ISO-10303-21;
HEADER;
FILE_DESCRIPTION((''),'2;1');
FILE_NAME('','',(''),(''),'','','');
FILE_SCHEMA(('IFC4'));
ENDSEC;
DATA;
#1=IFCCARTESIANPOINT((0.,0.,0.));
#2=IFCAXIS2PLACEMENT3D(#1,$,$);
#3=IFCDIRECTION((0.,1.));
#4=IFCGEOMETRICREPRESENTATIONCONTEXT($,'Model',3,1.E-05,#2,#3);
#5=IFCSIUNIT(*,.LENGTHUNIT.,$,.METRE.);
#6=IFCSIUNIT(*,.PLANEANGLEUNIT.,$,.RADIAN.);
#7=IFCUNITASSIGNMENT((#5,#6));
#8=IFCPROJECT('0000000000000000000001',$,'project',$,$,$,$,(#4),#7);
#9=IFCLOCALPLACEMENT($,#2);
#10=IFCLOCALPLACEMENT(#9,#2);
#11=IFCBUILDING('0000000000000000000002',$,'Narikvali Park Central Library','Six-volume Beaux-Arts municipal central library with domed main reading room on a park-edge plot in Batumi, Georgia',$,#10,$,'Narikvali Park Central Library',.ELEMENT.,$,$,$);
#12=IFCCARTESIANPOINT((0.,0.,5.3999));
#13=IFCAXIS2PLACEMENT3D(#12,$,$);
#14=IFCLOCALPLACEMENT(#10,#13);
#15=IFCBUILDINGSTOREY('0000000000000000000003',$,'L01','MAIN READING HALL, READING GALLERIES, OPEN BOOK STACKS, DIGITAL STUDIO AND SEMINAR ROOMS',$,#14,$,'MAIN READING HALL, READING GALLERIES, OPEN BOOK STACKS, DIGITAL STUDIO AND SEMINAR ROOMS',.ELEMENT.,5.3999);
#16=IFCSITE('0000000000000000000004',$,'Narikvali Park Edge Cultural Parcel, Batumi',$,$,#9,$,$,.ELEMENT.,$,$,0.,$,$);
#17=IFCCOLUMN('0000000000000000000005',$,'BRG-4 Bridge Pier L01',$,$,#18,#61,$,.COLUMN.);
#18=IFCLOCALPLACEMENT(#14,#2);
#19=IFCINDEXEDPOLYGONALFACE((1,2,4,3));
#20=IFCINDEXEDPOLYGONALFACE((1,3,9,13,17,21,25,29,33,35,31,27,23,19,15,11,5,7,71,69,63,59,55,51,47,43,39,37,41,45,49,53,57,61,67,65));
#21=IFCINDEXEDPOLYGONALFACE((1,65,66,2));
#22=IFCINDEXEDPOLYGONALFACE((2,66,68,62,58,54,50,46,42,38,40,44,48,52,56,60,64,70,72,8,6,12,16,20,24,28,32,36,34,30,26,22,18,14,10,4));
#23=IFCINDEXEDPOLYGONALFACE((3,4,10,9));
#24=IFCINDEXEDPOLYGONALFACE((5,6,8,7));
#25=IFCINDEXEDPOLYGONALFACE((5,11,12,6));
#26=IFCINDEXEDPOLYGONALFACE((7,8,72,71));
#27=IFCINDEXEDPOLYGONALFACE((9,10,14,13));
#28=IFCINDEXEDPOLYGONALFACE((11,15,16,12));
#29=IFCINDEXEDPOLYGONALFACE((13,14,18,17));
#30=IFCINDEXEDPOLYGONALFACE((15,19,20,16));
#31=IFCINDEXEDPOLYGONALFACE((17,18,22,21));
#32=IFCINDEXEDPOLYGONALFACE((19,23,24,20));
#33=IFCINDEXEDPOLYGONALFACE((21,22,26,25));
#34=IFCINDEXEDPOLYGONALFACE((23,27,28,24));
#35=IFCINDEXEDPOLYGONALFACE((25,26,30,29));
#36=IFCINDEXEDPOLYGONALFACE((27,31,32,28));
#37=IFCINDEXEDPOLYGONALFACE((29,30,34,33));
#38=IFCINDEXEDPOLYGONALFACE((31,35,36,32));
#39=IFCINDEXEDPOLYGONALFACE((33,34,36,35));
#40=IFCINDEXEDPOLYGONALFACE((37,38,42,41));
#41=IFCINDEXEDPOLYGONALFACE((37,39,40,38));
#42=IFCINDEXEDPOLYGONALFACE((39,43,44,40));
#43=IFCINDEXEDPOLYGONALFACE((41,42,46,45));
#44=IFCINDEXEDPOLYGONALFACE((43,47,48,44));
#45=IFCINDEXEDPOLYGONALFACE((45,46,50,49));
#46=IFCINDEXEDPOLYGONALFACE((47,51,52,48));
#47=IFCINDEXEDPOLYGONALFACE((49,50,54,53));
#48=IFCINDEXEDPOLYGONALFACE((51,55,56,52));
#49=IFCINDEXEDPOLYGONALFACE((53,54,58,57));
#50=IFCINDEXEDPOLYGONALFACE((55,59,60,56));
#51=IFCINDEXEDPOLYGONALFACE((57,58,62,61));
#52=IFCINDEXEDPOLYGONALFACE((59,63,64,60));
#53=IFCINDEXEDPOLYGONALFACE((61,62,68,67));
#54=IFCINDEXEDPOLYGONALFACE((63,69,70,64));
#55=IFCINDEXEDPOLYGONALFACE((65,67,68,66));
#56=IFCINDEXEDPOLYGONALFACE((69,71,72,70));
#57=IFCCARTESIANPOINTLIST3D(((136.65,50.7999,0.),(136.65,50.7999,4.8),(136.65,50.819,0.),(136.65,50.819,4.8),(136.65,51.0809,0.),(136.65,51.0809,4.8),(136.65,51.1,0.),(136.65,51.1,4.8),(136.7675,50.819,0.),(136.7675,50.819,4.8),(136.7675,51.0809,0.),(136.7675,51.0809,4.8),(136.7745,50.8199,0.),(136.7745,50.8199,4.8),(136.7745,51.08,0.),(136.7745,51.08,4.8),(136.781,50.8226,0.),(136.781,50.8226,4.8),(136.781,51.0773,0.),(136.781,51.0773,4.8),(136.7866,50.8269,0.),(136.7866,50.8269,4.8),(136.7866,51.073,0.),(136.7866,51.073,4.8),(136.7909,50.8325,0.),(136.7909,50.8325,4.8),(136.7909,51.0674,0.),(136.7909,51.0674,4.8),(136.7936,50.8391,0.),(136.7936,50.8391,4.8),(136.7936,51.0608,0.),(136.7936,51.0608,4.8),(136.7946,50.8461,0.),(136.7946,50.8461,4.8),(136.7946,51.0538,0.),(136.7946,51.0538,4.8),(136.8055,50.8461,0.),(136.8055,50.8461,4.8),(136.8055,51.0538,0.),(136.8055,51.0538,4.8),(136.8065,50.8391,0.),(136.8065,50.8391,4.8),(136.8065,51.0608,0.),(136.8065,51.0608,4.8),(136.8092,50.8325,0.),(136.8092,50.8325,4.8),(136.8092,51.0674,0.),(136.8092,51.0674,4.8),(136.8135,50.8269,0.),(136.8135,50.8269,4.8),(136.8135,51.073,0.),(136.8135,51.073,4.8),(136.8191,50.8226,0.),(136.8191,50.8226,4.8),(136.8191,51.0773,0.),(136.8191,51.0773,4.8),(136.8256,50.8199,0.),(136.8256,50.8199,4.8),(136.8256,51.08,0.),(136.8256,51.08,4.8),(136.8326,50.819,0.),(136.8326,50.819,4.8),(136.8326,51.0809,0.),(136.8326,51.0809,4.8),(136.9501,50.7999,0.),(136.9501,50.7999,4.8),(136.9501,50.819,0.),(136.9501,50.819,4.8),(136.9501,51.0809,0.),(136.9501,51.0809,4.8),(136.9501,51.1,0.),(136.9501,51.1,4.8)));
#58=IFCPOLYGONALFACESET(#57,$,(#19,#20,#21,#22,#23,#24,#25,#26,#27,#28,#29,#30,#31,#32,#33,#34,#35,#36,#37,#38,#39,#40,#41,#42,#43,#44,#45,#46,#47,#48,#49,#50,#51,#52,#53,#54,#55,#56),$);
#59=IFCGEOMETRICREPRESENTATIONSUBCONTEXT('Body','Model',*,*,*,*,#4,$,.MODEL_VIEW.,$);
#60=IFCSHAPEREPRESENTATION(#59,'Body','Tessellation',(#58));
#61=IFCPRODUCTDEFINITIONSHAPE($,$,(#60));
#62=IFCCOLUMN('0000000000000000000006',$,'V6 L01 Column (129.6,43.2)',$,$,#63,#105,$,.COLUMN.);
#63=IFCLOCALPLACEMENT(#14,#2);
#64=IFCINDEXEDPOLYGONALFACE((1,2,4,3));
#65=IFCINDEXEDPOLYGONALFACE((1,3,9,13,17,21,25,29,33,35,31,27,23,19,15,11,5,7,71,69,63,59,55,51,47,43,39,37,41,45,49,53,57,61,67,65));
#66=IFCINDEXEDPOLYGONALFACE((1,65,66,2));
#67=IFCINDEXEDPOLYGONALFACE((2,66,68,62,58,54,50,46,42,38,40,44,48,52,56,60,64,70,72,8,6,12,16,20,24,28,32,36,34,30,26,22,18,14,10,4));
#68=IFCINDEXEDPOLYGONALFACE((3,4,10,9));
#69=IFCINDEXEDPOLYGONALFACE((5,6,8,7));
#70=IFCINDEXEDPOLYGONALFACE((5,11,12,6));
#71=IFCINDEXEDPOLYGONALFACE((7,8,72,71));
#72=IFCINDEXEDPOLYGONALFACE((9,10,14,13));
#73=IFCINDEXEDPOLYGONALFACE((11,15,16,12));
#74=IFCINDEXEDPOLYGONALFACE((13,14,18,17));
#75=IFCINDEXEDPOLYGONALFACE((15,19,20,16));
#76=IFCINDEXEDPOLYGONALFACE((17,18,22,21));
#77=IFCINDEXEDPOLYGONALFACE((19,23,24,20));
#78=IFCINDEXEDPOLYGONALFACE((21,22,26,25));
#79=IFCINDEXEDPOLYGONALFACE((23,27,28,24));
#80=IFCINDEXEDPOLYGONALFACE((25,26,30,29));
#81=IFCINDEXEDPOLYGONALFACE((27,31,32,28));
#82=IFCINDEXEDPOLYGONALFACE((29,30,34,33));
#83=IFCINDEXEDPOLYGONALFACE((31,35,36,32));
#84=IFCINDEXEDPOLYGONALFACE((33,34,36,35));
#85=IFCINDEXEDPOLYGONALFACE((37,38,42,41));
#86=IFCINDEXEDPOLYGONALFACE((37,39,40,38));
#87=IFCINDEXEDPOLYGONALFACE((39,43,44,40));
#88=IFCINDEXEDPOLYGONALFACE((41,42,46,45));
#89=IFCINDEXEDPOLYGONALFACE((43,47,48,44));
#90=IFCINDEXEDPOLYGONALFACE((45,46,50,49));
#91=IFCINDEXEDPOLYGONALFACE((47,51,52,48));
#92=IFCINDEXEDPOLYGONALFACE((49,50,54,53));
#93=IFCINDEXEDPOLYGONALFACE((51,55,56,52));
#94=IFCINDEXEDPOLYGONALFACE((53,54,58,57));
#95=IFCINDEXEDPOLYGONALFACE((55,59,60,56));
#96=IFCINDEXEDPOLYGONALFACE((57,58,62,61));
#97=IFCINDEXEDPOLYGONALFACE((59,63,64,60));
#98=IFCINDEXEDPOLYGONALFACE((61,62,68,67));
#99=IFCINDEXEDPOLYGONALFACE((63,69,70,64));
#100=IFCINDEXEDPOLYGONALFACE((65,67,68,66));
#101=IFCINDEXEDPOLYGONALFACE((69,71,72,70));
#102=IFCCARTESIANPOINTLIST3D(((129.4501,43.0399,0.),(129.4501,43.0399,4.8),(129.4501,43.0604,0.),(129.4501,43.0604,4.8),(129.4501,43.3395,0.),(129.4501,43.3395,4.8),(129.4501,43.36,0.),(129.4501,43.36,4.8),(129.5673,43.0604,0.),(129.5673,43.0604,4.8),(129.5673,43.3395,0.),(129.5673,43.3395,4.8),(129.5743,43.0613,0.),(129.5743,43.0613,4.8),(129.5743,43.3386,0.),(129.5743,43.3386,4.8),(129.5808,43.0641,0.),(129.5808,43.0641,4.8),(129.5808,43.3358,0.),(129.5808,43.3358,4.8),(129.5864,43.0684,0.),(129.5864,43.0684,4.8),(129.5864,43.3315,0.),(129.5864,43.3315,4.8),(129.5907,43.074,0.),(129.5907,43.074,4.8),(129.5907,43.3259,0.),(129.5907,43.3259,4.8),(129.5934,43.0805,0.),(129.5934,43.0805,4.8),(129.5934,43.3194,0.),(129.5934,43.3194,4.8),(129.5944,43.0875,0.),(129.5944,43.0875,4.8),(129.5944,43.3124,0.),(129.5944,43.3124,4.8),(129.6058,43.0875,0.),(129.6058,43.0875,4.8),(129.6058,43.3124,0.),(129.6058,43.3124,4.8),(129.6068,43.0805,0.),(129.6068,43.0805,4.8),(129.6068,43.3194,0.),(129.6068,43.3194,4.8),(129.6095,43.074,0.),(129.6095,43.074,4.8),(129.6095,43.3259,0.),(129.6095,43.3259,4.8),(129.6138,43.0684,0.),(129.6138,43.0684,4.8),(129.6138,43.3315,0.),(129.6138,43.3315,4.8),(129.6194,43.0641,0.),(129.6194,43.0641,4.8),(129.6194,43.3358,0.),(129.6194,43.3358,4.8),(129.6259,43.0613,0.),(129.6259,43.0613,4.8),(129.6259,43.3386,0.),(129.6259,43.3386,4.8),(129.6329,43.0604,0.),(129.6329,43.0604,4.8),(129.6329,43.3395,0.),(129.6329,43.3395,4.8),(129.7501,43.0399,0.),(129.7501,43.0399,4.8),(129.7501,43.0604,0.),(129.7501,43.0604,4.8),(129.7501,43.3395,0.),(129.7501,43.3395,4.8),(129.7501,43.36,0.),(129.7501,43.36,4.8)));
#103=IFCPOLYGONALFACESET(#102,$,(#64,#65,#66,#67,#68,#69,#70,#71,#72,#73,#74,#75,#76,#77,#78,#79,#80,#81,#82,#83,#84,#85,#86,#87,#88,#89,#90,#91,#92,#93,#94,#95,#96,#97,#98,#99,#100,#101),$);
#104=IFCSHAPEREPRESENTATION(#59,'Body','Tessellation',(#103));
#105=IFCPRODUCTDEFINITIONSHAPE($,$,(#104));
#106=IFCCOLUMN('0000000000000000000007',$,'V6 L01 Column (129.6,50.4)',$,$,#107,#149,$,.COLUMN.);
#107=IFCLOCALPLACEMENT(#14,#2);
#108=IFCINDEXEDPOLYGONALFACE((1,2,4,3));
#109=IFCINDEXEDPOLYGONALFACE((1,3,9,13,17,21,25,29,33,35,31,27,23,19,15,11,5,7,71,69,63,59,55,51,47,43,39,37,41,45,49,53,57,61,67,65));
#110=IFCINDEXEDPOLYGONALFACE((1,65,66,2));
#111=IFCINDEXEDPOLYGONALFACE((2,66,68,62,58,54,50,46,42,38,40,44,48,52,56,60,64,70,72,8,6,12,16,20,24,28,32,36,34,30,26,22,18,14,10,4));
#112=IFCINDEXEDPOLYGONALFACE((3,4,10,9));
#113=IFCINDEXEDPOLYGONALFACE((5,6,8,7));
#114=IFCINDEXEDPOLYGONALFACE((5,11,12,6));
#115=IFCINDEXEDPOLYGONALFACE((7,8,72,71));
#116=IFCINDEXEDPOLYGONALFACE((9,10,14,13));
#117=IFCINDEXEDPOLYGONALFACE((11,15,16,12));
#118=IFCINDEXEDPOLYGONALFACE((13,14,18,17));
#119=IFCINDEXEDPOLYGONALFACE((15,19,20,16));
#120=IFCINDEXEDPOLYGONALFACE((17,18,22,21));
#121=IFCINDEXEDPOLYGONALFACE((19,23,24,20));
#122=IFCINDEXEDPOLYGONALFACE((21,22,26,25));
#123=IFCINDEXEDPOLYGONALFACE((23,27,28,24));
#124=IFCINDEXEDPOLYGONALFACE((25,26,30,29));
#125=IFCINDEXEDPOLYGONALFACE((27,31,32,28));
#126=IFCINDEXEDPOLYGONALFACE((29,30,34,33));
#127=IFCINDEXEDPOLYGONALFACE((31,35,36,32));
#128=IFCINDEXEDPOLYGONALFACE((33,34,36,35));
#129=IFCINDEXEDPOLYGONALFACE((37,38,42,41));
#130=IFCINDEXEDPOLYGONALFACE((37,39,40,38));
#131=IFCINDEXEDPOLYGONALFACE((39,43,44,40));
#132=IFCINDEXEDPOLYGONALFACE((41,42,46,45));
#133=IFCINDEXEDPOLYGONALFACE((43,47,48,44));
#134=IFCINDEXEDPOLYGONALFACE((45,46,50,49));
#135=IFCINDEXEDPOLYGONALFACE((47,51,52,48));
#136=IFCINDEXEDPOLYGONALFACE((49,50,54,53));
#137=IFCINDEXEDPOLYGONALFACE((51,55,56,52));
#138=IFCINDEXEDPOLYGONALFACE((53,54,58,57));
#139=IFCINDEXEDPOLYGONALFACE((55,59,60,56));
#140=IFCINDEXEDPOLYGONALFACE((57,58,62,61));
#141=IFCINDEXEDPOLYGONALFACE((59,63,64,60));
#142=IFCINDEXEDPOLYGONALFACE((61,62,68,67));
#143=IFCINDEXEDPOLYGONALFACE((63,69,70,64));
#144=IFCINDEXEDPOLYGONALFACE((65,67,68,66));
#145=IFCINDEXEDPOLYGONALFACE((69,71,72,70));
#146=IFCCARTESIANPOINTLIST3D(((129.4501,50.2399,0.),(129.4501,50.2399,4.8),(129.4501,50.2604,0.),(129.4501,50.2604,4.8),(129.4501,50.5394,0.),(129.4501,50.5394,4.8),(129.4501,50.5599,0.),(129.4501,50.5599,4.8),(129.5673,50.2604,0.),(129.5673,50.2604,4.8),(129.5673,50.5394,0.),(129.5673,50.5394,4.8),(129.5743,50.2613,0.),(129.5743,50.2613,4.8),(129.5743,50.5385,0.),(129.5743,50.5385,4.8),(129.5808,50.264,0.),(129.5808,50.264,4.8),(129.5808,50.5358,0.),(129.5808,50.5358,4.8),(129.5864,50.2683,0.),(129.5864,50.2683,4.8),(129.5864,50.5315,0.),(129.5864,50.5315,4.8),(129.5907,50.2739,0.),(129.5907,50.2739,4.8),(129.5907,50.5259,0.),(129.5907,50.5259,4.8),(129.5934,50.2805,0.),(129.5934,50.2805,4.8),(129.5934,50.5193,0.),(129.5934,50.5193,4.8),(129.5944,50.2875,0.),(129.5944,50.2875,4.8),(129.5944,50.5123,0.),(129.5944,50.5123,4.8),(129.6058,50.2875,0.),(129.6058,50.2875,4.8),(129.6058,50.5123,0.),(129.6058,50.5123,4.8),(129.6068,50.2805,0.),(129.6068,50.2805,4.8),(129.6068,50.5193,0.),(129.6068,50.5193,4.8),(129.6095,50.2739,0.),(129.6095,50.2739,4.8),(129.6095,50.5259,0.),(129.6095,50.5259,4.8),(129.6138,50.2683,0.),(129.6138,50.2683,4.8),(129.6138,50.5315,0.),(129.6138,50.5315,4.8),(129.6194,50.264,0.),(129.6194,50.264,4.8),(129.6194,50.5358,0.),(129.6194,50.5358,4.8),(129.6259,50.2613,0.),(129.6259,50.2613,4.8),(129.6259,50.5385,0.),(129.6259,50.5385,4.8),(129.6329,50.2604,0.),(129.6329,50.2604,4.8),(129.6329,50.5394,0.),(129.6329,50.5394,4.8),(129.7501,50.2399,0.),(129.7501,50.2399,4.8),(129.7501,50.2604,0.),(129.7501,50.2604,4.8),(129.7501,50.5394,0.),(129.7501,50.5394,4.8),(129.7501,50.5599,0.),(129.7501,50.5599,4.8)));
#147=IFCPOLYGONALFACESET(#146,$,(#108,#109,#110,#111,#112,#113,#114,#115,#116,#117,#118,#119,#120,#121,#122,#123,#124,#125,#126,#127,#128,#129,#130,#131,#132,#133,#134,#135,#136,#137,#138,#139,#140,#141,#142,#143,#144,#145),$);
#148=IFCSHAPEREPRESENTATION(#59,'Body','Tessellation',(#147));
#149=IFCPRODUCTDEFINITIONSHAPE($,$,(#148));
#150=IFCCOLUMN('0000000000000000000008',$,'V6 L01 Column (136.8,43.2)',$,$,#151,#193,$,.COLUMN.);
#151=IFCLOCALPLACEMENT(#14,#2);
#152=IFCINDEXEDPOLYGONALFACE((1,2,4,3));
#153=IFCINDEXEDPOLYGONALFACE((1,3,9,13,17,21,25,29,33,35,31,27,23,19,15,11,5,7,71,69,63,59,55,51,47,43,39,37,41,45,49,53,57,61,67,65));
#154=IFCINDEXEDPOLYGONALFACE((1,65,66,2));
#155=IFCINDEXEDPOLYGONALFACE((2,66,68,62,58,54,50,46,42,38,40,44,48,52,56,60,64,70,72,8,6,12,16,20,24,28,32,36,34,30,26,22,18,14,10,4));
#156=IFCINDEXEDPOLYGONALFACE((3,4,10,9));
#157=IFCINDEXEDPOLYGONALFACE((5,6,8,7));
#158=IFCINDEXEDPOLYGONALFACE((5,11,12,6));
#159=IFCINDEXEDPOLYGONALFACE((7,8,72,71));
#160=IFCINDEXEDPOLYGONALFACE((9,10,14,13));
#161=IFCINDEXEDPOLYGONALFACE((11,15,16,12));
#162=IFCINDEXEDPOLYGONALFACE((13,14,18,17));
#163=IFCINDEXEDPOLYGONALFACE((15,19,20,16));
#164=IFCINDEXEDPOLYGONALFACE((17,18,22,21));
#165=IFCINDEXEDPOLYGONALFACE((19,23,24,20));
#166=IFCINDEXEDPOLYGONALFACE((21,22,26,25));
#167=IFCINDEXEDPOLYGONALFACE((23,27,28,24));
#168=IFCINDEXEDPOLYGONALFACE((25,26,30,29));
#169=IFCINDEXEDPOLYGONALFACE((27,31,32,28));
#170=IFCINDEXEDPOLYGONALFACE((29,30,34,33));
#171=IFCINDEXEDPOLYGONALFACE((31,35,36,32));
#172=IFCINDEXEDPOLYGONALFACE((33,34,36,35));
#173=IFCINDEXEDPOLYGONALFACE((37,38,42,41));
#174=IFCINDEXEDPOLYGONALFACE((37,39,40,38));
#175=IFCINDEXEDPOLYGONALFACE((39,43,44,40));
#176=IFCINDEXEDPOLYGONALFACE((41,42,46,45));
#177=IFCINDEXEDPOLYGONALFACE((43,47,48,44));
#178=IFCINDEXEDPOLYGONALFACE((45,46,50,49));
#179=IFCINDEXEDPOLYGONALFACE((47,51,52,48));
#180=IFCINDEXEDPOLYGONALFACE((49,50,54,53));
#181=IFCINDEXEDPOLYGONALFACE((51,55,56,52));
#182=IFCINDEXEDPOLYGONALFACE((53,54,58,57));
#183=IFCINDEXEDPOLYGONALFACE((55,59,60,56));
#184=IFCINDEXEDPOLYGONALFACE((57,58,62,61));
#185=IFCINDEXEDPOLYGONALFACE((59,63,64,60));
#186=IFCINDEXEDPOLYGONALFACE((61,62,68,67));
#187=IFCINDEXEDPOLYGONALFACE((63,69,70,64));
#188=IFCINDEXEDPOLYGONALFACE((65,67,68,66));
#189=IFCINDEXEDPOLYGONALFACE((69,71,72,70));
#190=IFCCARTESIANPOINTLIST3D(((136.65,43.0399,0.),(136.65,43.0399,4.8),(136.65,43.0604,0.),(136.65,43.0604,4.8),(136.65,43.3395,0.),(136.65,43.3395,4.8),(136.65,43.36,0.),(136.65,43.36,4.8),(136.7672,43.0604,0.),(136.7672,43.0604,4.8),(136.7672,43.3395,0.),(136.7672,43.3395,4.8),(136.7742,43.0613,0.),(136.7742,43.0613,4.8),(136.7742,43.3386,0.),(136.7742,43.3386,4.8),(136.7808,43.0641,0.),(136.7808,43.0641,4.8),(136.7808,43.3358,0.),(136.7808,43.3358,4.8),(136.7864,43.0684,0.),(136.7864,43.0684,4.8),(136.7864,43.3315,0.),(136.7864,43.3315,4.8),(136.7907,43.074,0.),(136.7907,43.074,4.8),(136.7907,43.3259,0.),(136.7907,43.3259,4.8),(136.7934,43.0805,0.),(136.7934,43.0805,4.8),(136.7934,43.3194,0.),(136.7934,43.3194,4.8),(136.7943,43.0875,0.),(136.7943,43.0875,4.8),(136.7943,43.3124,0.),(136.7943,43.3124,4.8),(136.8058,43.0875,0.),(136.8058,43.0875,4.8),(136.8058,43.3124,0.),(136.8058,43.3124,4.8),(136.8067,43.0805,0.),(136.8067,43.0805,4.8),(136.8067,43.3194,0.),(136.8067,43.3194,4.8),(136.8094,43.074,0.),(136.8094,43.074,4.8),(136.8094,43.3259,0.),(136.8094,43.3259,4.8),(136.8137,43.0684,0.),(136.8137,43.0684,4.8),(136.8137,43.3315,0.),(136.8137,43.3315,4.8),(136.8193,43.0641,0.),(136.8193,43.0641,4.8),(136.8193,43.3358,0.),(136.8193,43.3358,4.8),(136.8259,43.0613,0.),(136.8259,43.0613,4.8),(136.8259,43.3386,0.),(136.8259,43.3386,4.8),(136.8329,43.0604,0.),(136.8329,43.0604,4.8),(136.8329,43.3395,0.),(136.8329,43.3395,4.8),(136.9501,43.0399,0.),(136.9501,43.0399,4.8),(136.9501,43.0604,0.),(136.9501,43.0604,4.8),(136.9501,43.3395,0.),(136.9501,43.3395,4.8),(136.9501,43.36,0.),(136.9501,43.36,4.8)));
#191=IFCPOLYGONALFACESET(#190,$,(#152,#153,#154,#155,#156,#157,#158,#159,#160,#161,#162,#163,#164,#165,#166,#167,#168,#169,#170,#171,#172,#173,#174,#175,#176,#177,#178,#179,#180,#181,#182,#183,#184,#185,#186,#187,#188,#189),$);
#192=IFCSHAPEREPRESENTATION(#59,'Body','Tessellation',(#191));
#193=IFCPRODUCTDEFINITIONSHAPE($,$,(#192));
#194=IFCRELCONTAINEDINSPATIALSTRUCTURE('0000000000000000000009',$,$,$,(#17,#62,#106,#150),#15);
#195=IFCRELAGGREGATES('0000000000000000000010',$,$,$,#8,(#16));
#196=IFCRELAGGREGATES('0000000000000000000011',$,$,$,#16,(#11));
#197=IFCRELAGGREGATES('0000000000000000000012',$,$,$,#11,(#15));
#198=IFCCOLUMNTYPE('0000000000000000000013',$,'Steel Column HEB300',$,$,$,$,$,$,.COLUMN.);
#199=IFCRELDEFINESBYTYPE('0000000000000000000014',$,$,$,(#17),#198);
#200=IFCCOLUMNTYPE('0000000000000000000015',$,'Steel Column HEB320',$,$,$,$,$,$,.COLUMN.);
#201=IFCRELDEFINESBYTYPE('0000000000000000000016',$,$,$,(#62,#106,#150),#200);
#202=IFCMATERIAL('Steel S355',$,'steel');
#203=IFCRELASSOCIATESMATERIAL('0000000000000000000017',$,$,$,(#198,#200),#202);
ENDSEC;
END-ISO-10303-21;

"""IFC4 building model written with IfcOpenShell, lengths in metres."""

from ifc_helpers import new_model, si_unit, direction, frame, origin, origin_2d, place, context, subcontext, project, spatial, i_section, extrude, material, material_profile, profile_set, type_object, element, save


model = new_model("IFC4")

# Units and contexts
model_context = context("Model", 3, precision=1e-05, world=origin(), true_north=direction((0.0, 1.0)))
body_context = subcontext(model_context, "Body", "Model", "MODEL_VIEW")
ifc_project = project(units=[si_unit("LENGTHUNIT", "METRE"), si_unit("PLANEANGLEUNIT", "RADIAN")], contexts=[model_context])

# Site, building, storey
site_placement = place(None, origin())
site = spatial("IfcSite", under=ifc_project, at=site_placement, Name="Narikvali Park Edge Cultural Parcel, Batumi", CompositionType="ELEMENT", RefElevation=0.0)
building_placement = place(site_placement, origin())
building = spatial("IfcBuilding", under=site, at=building_placement, Name="Narikvali Park Central Library", Description="Six-volume Beaux-Arts municipal central library with domed main reading room on a park-edge plot in Batumi, Georgia", LongName="Narikvali Park Central Library", CompositionType="ELEMENT")
storey_placement = place(building_placement, frame((0.0, 0.0, 5.3999)))
storey = spatial("IfcBuildingStorey", under=building, at=storey_placement, Name="L01", Description="MAIN READING HALL, READING GALLERIES, OPEN BOOK STACKS, DIGITAL STUDIO AND SEMINAR ROOMS", LongName="MAIN READING HALL, READING GALLERIES, OPEN BOOK STACKS, DIGITAL STUDIO AND SEMINAR ROOMS", CompositionType="ELEMENT", Elevation=5.3999)

# Columns
ifc_material_1 = material(Name="Steel S355", Category="steel")
ifc_material_profile_1 = material_profile(ifc_material_1, i_section(OverallWidth=0.3, OverallDepth=0.3, WebThickness=0.011, FlangeThickness=0.019, FilletRadius=0.0271, at=origin_2d()), Name="HEB 300")
ifc_profile_set_1 = profile_set([ifc_material_profile_1], Name="Steel S355")
column_type_1 = type_object("IfcColumnType", Name="Steel Column HEB300", PredefinedType="COLUMN", material=ifc_profile_set_1)
column_placement = place(storey_placement, frame((136.8, 50.95, 0.0), z_axis=(0.0, 0.0, 1.0), x_axis=(1.0, 0.0, 0.0)))
element("IfcColumn", 1, at=column_placement, inside=storey, type_object=column_type_1, Name="BRG-4 Bridge Pier L01", PredefinedType="COLUMN", context=body_context, shape_type="SweptSolid", body=[
    extrude(i_section(OverallWidth=0.3, OverallDepth=0.3, WebThickness=0.011, FlangeThickness=0.019, FilletRadius=0.0271, at=origin_2d()), origin(), (0.0, 0.0, 1.0), 4.8),
])
ifc_material_profile_2 = material_profile(ifc_material_1, i_section(OverallWidth=0.3, OverallDepth=0.3201, WebThickness=0.0115, FlangeThickness=0.0205, FilletRadius=0.0271, at=origin_2d()), Name="HEB 320")
ifc_profile_set_2 = profile_set([ifc_material_profile_2], Name="Steel S355")
column_type_2 = type_object("IfcColumnType", Name="Steel Column HEB320", PredefinedType="COLUMN", material=ifc_profile_set_2)
for number, where, z_axis, x_axis, name in (
    (2, (129.6001, 43.2, 0.0), (0.0, 0.0, 1.0), (1.0, 0.0, 0.0), "V6 L01 Column (129.6,43.2)"),
    (3, (129.6001, 50.3999, 0.0), (0.0, 0.0, 1.0), (1.0, 0.0, 0.0), "V6 L01 Column (129.6,50.4)"),
    (4, (136.8, 43.2, 0.0), (0.0, 0.0, 1.0), (1.0, 0.0, 0.0), "V6 L01 Column (136.8,43.2)"),
):
    element("IfcColumn", number, at=place(storey_placement, frame(where, z_axis=z_axis, x_axis=x_axis)), inside=storey, type_object=column_type_2, Name=name, PredefinedType="COLUMN", context=body_context, shape_type="SweptSolid", body=[
        extrude(i_section(OverallWidth=0.3, OverallDepth=0.3201, WebThickness=0.0115, FlangeThickness=0.0205, FilletRadius=0.0271, at=origin_2d()), origin(), (0.0, 0.0, 1.0), 4.8),
    ])

save(model, "model.ifc")
